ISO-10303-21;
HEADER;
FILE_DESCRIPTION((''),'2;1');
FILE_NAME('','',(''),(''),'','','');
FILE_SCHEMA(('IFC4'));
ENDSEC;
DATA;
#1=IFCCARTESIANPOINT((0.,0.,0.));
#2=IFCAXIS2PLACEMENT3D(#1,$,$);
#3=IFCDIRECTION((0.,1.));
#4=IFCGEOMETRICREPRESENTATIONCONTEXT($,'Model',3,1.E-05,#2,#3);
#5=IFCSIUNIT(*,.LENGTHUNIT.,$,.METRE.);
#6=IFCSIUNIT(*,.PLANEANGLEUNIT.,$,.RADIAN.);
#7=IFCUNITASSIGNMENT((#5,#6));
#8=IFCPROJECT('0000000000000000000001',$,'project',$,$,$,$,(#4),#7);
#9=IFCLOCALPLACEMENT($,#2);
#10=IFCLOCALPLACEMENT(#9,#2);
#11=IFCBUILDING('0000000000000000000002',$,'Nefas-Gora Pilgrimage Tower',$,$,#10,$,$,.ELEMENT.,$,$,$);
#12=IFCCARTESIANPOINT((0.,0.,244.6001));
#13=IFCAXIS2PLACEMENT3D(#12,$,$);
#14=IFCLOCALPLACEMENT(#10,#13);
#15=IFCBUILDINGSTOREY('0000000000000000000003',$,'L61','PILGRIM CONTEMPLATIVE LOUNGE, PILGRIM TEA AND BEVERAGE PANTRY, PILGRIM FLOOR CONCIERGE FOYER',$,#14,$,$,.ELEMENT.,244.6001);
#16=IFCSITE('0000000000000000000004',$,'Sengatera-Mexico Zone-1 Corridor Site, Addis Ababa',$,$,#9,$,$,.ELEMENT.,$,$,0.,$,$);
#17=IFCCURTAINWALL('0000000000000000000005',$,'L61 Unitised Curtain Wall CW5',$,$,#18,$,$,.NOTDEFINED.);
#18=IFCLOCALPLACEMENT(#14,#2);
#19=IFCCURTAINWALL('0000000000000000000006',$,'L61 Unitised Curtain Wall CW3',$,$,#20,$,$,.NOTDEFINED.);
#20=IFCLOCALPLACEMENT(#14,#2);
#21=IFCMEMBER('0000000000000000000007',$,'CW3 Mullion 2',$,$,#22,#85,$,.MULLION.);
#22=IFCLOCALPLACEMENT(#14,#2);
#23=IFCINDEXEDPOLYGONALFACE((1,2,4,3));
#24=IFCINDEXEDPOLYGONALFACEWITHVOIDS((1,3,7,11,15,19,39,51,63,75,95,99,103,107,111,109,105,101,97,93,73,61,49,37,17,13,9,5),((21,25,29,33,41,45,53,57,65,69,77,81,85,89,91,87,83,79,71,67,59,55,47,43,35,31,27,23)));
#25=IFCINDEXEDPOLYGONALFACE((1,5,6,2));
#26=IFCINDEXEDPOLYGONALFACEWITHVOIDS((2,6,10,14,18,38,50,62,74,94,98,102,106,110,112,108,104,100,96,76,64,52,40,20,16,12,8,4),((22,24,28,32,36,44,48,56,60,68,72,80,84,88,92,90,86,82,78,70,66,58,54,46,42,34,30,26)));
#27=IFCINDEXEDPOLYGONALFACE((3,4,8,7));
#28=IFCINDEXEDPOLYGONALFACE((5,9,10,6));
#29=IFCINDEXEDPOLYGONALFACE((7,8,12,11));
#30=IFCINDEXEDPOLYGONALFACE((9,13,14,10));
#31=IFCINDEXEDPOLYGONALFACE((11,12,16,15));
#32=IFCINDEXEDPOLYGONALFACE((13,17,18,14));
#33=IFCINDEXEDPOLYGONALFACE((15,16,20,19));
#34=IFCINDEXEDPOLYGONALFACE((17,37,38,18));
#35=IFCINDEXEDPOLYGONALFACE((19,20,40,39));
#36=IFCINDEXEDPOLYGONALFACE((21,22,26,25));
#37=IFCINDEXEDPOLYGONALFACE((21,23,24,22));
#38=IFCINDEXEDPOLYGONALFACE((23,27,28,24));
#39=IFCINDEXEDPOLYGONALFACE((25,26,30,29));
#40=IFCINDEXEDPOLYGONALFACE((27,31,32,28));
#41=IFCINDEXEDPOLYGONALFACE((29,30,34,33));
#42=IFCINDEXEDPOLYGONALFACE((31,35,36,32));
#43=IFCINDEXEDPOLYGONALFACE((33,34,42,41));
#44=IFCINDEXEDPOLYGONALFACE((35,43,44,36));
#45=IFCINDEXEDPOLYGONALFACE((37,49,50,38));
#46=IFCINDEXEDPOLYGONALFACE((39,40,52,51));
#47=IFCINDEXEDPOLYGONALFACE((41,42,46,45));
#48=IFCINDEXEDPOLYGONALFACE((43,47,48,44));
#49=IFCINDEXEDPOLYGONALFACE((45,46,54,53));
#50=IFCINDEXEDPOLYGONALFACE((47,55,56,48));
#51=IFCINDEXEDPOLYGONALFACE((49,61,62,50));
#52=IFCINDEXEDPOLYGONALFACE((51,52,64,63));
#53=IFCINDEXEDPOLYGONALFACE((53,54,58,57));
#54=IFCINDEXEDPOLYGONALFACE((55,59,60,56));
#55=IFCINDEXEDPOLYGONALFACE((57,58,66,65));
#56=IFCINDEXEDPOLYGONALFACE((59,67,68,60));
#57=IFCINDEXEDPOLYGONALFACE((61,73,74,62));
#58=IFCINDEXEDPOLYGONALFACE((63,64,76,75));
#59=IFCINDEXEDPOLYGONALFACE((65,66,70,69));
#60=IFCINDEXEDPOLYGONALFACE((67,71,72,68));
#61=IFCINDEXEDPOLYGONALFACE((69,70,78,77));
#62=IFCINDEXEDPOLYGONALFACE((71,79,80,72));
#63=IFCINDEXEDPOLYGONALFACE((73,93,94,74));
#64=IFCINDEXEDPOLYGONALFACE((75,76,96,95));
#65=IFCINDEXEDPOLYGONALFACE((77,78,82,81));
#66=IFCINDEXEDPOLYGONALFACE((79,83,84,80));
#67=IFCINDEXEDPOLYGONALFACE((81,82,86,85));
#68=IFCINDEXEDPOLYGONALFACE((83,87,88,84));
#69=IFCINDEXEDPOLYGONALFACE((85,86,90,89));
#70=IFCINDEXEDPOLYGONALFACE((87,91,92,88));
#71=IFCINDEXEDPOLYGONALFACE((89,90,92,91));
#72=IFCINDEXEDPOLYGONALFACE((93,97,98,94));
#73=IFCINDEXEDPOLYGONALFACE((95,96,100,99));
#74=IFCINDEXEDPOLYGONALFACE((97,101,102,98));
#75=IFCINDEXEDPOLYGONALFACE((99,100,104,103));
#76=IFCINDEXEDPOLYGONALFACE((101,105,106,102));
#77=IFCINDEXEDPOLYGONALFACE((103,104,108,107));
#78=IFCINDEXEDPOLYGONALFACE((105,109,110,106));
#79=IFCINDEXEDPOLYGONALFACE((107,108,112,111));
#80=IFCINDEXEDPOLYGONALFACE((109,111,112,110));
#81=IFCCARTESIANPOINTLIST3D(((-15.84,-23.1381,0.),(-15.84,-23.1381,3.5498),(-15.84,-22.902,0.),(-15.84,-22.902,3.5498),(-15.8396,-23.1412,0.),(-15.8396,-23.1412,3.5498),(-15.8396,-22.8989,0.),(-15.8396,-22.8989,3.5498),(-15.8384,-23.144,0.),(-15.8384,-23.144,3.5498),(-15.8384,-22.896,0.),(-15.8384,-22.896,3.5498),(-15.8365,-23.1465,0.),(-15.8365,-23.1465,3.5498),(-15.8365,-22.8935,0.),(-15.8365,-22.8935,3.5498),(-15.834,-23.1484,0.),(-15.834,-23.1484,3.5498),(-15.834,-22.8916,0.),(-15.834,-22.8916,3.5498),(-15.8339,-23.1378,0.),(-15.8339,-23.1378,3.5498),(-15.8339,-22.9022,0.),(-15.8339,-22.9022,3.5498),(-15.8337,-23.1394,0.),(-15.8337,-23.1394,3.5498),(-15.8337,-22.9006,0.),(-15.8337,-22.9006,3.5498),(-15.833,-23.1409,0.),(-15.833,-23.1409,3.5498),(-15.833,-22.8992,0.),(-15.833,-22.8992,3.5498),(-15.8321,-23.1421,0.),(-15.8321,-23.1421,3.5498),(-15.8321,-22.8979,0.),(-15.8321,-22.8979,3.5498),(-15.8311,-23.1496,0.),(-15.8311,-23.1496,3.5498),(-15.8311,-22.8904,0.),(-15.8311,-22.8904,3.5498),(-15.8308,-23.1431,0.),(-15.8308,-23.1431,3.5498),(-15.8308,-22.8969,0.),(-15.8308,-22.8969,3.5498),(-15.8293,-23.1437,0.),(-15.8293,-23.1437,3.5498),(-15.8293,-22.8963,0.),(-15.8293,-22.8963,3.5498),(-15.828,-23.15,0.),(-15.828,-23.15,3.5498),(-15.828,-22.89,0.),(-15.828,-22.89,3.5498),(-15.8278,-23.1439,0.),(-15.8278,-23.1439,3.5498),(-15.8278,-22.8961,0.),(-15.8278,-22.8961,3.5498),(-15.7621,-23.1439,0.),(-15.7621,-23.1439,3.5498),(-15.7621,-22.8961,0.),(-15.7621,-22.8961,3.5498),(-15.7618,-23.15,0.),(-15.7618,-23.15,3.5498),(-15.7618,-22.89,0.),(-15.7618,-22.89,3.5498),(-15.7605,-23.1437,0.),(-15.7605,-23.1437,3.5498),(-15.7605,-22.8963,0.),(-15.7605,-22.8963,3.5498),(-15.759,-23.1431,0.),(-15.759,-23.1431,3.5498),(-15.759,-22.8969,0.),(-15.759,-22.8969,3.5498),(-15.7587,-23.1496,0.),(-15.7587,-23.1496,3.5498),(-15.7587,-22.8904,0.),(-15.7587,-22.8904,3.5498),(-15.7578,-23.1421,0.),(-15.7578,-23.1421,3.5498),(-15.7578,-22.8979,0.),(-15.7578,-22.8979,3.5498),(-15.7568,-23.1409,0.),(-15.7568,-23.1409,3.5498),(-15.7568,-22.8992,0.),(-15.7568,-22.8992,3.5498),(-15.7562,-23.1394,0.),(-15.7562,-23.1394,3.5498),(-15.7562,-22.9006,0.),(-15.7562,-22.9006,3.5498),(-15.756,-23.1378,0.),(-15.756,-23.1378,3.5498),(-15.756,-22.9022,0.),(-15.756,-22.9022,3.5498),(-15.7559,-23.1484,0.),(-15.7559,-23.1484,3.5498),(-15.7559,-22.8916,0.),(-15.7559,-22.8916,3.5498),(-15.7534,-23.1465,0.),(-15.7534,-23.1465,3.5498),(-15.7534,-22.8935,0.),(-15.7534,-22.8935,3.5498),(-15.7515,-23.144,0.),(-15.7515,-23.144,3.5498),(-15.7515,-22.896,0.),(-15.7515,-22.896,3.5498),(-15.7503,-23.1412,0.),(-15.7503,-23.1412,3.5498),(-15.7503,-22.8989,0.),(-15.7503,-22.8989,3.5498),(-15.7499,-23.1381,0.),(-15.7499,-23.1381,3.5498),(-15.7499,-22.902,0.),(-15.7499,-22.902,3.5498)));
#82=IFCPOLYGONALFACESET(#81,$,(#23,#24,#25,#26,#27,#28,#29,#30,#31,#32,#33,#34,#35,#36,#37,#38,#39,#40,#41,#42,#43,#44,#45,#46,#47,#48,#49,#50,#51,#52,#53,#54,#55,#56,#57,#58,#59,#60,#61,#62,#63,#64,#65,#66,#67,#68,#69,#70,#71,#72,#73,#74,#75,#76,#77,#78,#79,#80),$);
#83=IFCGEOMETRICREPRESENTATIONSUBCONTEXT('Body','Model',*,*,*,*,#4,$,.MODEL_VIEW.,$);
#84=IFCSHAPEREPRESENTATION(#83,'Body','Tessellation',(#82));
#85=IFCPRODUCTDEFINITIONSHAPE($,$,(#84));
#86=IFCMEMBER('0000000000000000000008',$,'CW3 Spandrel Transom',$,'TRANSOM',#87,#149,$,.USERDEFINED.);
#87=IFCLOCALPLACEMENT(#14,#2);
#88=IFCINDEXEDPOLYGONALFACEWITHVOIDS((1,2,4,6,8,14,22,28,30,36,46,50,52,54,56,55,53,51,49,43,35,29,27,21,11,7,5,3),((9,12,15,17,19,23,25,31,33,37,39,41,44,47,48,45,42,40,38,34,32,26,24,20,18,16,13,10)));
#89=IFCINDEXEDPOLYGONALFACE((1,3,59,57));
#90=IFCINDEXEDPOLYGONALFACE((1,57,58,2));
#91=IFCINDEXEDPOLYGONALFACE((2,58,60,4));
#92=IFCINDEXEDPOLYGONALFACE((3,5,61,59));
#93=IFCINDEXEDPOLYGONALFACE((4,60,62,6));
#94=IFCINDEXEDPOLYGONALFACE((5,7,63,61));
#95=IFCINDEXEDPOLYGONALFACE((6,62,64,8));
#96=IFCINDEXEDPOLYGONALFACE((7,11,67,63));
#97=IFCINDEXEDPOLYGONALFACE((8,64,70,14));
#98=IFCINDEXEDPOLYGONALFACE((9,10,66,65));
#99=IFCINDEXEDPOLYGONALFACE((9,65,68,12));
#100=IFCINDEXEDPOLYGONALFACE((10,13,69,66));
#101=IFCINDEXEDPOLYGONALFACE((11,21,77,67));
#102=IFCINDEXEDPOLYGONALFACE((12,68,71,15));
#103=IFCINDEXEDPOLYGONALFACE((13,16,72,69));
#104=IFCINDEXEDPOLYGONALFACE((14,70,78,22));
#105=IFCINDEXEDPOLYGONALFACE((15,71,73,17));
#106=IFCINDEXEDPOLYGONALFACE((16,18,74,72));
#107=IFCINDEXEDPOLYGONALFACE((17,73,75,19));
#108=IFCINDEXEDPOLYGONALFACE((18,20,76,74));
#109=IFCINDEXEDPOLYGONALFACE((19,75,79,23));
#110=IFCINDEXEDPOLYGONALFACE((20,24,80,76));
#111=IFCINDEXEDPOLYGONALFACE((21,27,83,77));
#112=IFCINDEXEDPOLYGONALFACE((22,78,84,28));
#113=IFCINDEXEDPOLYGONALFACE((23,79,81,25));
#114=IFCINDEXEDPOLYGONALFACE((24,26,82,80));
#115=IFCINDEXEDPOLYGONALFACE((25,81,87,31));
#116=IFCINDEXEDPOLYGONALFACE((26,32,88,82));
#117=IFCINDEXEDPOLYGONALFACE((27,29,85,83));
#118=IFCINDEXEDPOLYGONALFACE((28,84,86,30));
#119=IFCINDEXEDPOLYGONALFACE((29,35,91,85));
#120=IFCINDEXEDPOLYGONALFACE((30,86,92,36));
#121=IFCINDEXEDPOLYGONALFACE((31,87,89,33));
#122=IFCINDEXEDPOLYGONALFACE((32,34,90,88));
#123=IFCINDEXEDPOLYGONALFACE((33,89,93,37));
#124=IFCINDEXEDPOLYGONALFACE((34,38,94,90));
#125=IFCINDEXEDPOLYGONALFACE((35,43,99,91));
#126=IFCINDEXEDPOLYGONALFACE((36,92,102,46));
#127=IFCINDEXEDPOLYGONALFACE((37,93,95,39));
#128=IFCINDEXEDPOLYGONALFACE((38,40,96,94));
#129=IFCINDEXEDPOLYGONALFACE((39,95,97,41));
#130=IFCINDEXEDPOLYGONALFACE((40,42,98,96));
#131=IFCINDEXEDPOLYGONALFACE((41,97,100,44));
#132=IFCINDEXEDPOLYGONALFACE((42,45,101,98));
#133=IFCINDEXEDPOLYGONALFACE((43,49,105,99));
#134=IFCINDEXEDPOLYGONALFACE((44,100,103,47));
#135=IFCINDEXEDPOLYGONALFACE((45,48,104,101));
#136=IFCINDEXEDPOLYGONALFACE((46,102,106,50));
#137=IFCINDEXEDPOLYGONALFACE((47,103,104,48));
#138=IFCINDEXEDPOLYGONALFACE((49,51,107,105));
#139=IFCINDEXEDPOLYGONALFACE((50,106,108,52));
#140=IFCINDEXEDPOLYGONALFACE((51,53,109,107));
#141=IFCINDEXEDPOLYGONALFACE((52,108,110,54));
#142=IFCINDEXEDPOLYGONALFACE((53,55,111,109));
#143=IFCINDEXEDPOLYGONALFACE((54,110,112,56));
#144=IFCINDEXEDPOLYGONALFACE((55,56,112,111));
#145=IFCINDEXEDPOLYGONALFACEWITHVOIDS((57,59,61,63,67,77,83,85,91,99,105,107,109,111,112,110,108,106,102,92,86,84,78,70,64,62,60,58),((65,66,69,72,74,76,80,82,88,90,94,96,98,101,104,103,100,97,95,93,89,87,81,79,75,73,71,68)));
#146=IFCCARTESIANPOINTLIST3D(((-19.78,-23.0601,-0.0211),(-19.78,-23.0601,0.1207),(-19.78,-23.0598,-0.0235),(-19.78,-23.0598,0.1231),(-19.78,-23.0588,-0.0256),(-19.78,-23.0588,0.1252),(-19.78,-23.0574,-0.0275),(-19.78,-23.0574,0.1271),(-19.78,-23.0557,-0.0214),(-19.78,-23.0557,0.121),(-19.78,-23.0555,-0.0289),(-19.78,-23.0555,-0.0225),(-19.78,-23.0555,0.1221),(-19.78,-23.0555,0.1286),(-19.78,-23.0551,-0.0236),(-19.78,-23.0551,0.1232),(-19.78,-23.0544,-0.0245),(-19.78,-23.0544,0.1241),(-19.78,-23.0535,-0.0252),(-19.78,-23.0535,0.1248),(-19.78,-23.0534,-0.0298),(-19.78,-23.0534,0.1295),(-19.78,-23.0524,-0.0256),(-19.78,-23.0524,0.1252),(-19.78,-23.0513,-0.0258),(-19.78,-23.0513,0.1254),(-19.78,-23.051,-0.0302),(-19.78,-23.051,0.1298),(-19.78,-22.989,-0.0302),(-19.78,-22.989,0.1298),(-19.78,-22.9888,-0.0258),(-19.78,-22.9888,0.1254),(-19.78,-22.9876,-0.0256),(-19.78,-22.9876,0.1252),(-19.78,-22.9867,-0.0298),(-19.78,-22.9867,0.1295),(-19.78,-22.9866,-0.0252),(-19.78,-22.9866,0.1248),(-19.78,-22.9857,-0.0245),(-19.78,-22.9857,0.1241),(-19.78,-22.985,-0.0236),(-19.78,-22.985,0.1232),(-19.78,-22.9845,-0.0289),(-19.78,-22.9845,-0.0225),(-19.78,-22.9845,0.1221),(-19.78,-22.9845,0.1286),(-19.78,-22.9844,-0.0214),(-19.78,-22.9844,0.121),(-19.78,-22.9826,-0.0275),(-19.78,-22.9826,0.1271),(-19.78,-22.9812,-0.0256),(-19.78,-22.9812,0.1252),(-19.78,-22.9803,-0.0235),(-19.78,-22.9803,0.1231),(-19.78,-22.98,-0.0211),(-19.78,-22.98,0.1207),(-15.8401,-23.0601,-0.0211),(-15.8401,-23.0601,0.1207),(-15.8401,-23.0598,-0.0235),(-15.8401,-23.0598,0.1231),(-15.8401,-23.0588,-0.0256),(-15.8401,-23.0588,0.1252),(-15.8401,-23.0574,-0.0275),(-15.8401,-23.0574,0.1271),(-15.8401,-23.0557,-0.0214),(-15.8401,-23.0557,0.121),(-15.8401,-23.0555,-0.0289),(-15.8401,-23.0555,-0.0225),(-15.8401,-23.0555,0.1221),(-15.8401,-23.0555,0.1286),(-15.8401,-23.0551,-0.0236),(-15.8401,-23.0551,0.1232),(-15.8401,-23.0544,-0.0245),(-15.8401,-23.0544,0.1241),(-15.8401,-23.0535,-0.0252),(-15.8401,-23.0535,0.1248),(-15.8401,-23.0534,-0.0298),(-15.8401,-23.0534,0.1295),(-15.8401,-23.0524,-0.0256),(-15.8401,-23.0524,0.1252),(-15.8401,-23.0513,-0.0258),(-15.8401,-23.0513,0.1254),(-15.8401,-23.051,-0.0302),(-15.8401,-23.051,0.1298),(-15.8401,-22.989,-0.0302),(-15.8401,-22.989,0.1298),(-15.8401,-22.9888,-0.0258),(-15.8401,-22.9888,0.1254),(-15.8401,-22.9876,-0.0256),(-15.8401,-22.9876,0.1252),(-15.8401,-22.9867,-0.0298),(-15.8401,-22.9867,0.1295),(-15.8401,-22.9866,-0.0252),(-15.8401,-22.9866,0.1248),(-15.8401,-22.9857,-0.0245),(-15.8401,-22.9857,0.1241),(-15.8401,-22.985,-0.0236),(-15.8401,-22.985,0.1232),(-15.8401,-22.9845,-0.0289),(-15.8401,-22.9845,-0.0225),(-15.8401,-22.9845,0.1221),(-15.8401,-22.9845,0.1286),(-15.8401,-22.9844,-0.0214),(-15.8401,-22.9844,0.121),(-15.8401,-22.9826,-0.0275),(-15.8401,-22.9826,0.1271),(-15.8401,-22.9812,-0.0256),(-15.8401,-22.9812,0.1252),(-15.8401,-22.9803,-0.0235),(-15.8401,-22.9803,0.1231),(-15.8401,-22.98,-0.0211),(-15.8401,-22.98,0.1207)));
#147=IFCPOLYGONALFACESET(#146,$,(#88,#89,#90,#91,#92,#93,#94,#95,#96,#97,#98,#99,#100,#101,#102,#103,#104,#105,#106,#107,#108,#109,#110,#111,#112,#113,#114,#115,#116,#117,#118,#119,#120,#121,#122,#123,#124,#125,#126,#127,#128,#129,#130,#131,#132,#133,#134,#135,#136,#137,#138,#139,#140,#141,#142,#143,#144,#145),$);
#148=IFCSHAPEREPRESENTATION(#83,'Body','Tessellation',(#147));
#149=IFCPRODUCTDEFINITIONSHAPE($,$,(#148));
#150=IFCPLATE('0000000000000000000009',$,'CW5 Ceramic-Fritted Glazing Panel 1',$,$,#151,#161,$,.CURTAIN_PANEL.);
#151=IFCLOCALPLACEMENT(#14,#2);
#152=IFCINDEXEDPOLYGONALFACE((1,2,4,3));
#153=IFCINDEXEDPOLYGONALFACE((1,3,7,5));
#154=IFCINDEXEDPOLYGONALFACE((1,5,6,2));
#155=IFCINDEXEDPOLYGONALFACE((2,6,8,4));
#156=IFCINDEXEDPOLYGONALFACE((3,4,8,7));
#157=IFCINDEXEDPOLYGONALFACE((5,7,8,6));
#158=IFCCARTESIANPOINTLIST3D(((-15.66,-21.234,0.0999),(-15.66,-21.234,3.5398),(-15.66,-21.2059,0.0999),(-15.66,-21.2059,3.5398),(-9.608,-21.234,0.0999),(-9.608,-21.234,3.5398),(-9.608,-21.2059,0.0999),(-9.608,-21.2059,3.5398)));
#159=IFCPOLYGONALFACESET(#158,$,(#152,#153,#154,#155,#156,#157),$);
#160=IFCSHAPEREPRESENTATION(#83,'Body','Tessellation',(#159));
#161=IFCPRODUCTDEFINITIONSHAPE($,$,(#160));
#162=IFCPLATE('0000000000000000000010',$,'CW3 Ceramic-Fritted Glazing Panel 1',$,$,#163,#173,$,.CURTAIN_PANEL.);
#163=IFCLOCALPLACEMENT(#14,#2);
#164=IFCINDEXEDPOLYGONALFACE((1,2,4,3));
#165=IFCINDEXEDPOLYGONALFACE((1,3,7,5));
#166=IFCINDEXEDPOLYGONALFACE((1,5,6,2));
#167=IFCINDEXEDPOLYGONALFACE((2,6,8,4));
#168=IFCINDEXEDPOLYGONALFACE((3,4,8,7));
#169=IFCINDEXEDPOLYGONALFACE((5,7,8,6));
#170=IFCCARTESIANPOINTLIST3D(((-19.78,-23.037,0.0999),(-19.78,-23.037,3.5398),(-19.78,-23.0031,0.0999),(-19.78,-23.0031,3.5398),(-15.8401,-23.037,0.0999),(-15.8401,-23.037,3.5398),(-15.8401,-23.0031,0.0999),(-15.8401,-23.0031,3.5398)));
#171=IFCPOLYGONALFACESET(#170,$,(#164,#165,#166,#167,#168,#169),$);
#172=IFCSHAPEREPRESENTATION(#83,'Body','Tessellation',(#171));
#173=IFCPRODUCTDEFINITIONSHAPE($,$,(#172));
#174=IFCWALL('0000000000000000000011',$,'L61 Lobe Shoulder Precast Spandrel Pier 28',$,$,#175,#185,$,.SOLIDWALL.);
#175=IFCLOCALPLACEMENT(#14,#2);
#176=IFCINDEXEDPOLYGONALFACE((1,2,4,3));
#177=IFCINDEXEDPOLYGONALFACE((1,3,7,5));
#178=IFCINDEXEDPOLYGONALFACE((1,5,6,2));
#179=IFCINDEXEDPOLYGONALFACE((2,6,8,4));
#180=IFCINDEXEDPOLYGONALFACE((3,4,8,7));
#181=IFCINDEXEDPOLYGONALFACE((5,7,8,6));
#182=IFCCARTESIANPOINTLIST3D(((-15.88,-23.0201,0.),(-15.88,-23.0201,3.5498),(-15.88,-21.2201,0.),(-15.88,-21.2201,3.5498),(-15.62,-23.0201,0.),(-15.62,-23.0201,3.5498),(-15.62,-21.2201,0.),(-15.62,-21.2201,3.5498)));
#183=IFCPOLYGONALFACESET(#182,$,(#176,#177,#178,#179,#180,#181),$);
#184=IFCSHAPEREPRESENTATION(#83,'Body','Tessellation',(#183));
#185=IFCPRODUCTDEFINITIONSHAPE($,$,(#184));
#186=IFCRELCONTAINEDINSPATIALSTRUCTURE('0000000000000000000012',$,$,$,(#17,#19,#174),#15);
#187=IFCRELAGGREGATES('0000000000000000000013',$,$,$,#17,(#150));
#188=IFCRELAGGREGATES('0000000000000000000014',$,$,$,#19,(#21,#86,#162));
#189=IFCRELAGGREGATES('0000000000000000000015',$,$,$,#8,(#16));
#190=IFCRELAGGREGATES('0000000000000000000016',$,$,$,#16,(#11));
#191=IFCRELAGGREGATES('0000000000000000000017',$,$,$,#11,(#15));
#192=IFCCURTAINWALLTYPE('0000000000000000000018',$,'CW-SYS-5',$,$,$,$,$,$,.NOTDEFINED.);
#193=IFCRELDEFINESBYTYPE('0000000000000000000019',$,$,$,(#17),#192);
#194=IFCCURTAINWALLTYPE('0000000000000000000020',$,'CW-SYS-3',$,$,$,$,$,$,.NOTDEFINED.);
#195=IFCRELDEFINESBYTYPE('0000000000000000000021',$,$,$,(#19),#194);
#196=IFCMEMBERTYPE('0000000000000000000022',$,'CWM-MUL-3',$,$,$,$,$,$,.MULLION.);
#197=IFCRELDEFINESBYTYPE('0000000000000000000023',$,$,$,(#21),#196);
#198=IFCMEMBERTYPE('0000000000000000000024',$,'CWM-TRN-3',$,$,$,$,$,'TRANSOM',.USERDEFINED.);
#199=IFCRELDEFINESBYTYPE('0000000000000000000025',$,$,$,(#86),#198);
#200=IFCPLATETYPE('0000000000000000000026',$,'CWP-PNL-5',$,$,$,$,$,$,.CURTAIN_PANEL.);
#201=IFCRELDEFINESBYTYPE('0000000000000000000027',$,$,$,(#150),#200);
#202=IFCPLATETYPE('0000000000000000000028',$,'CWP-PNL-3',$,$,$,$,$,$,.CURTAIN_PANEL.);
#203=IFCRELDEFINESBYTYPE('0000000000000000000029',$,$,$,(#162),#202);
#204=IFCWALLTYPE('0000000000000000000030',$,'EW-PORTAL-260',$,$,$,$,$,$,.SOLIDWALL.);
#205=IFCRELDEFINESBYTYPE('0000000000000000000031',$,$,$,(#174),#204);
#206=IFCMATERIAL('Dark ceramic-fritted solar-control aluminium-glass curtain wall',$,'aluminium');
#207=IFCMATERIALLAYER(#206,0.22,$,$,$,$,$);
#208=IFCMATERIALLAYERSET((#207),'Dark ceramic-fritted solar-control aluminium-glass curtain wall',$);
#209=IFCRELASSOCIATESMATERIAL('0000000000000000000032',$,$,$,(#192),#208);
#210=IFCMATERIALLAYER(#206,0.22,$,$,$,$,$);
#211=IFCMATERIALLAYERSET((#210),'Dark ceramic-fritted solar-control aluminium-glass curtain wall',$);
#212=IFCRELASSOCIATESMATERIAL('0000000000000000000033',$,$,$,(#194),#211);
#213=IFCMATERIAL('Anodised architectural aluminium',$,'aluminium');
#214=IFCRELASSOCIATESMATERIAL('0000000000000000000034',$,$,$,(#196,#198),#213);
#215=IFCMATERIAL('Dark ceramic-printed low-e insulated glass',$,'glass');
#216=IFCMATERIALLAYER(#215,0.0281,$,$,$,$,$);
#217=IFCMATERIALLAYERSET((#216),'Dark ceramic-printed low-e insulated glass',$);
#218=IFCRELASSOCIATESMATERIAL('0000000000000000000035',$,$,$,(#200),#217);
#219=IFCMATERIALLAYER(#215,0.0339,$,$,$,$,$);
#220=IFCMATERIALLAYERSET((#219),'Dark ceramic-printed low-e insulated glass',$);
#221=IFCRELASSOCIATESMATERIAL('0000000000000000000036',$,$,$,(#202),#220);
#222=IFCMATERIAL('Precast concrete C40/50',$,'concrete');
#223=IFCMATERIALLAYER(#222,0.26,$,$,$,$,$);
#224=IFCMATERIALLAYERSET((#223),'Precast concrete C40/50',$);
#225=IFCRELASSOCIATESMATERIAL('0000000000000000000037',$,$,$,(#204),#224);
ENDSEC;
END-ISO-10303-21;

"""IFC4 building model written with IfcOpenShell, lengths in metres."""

from ifc_helpers import new_model, si_unit, direction, frame, frame_2d, origin, origin_2d, place, context, subcontext, project, spatial, rectangle, hollow_rectangle, extrude, source, transform, mapped, material, layer, layer_set, material_profile, profile_set, type_object, element, aggregate, save


model = new_model("IFC4")

# Units and contexts
model_context = context("Model", 3, precision=1e-05, world=origin(), true_north=direction((0.0, 1.0)))
body_context = subcontext(model_context, "Body", "Model", "MODEL_VIEW")
ifc_project = project(units=[si_unit("LENGTHUNIT", "METRE"), si_unit("PLANEANGLEUNIT", "RADIAN")], contexts=[model_context])

# Site, building, storey
site_placement = place(None, origin())
site = spatial("IfcSite", under=ifc_project, at=site_placement, Name="Sengatera-Mexico Zone-1 Corridor Site, Addis Ababa", CompositionType="ELEMENT", RefElevation=0.0)
building_placement = place(site_placement, origin())
building = spatial("IfcBuilding", under=site, at=building_placement, Name="Nefas-Gora Pilgrimage Tower", CompositionType="ELEMENT")
storey_placement = place(building_placement, frame((0.0, 0.0, 244.6001)))
storey = spatial("IfcBuildingStorey", under=building, at=storey_placement, Name="L61", Description="PILGRIM CONTEMPLATIVE LOUNGE, PILGRIM TEA AND BEVERAGE PANTRY, PILGRIM FLOOR CONCIERGE FOYER", CompositionType="ELEMENT", Elevation=244.6001)

# Curtain wall
ifc_material_1 = material(Name="Dark ceramic-fritted solar-control aluminium-glass curtain wall", Category="aluminium")
ifc_layer_1 = layer(ifc_material_1, 0.22)
ifc_layer_set_1 = layer_set([ifc_layer_1], Name="Dark ceramic-fritted solar-control aluminium-glass curtain wall")
curtain_wall_type_1 = type_object("IfcCurtainWallType", Name="CW-SYS-5", PredefinedType="NOTDEFINED", material=ifc_layer_set_1)
curtain_wall_1_placement = place(storey_placement, origin())
curtain_wall_1 = element("IfcCurtainWall", 1, at=curtain_wall_1_placement, inside=storey, type_object=curtain_wall_type_1, Name="L61 Unitised Curtain Wall CW5", PredefinedType="NOTDEFINED")
ifc_material_2 = material(Name="Anodised architectural aluminium", Category="aluminium")

# Shared definitions
ifc_layer_2 = layer(ifc_material_1, 0.22)
ifc_layer_set_2 = layer_set([ifc_layer_2], Name="Dark ceramic-fritted solar-control aluminium-glass curtain wall")
curtain_wall_type_2 = type_object("IfcCurtainWallType", Name="CW-SYS-3", PredefinedType="NOTDEFINED", material=ifc_layer_set_2)
ifc_material_profile_1 = material_profile(ifc_material_2, hollow_rectangle(XDim=0.0901, YDim=0.26, WallThickness=0.0061, InnerFilletRadius=0.0061, OuterFilletRadius=0.012, at=origin_2d()), Name="ALU MULLION 90x260")
ifc_profile_set_1 = profile_set([ifc_material_profile_1], Name="Anodised architectural aluminium")
member_type_1 = type_object("IfcMemberType", Name="CWM-MUL-3", PredefinedType="MULLION", material=ifc_profile_set_1)
shared_shape_1 = source(origin(), body_context, "Body", "SweptSolid", [
    extrude(hollow_rectangle(XDim=0.0901, YDim=0.26, WallThickness=0.0061, InnerFilletRadius=0.0061, OuterFilletRadius=0.012, at=origin_2d()), origin(), (0.0, 0.0, 1.0), 3.5498),
])

# Curtain wall, members
curtain_wall_2_placement = place(storey_placement, origin())
curtain_wall_2 = element("IfcCurtainWall", 2, at=curtain_wall_2_placement, inside=storey, type_object=curtain_wall_type_2, Name="L61 Unitised Curtain Wall CW3", PredefinedType="NOTDEFINED")
member_1_placement = place(storey_placement, frame((-15.7949, -23.02, 0.0), z_axis=(0.0, 0.0, 1.0), x_axis=(1.0, 0.0, 0.0)))
member_1 = element("IfcMember", 3, at=member_1_placement, type_object=member_type_1, Name="CW3 Mullion 2", PredefinedType="MULLION", context=body_context, shape_type="MappedRepresentation", body=[
    mapped(shared_shape_1, transform((0.0, 0.0, 0.0), x_axis=(1.0, 0.0, 0.0), y_axis=(0.0, 1.0, 0.0), z_axis=(0.0, 0.0, 1.0), scale=1.0)),
])
ifc_material_profile_2 = material_profile(ifc_material_2, hollow_rectangle(XDim=0.0801, YDim=0.1599, WallThickness=0.0044, InnerFilletRadius=0.0044, OuterFilletRadius=0.009, at=origin_2d()), Name="ALU TRANSOM 80x160")
ifc_profile_set_2 = profile_set([ifc_material_profile_2], Name="Anodised architectural aluminium")
member_type_2 = type_object("IfcMemberType", Name="CWM-TRN-3", ElementType="TRANSOM", PredefinedType="USERDEFINED", material=ifc_profile_set_2)
shared_shape_2 = source(origin(), body_context, "Body", "SweptSolid", [
    extrude(hollow_rectangle(XDim=0.0801, YDim=0.1599, WallThickness=0.0044, InnerFilletRadius=0.0044, OuterFilletRadius=0.009, at=origin_2d()), origin(), (0.0, 0.0, 1.0), 3.9399),
])
member_2_placement = place(storey_placement, frame((-19.78, -23.02, 0.0498), z_axis=(1.0, 0.0, 0.0), x_axis=(0.0, 1.0, 0.0)))
member_2 = element("IfcMember", 4, at=member_2_placement, type_object=member_type_2, Name="CW3 Spandrel Transom", ObjectType="TRANSOM", PredefinedType="USERDEFINED", context=body_context, shape_type="MappedRepresentation", body=[
    mapped(shared_shape_2, transform((0.0, 0.0, 0.0), x_axis=(1.0, 0.0, 0.0), y_axis=(0.0, 1.0, 0.0), z_axis=(0.0, 0.0, 1.0), scale=1.0)),
])

# Plates
ifc_material_3 = material(Name="Dark ceramic-printed low-e insulated glass", Category="glass")
ifc_layer_3 = layer(ifc_material_3, 0.0281)
ifc_layer_set_3 = layer_set([ifc_layer_3], Name="Dark ceramic-printed low-e insulated glass")
plate_type_1 = type_object("IfcPlateType", Name="CWP-PNL-5", PredefinedType="CURTAIN_PANEL", material=ifc_layer_set_3)
shared_shape_3 = source(origin(), body_context, "Body", "SweptSolid", [
    extrude(rectangle(XDim=6.052, YDim=0.0281, at=origin_2d()), origin(), (0.0, 0.0, 1.0), 3.4399),
])
plate_1_placement = place(storey_placement, frame((-12.634, -21.22, 0.0999), z_axis=(0.0, 0.0, 1.0), x_axis=(1.0, 0.0, 0.0)))
plate_1 = element("IfcPlate", 5, at=plate_1_placement, type_object=plate_type_1, Name="CW5 Ceramic-Fritted Glazing Panel 1", PredefinedType="CURTAIN_PANEL", context=body_context, shape_type="MappedRepresentation", body=[
    mapped(shared_shape_3, transform((0.0, 0.0, 0.0), x_axis=(1.0, 0.0, 0.0), y_axis=(0.0, 1.0, 0.0), z_axis=(0.0, 0.0, 1.0), scale=1.0)),
])
aggregate(curtain_wall_1, [plate_1])
ifc_layer_4 = layer(ifc_material_3, 0.0339)
ifc_layer_set_4 = layer_set([ifc_layer_4], Name="Dark ceramic-printed low-e insulated glass")
plate_type_2 = type_object("IfcPlateType", Name="CWP-PNL-3", PredefinedType="CURTAIN_PANEL", material=ifc_layer_set_4)
shared_shape_4 = source(origin(), body_context, "Body", "SweptSolid", [
    extrude(rectangle(XDim=3.9399, YDim=0.0339, at=origin_2d()), origin(), (0.0, 0.0, 1.0), 3.4399),
])
plate_2_placement = place(storey_placement, frame((-17.8101, -23.02, 0.0999), z_axis=(0.0, 0.0, 1.0), x_axis=(1.0, 0.0, 0.0)))
plate_2 = element("IfcPlate", 6, at=plate_2_placement, type_object=plate_type_2, Name="CW3 Ceramic-Fritted Glazing Panel 1", PredefinedType="CURTAIN_PANEL", context=body_context, shape_type="MappedRepresentation", body=[
    mapped(shared_shape_4, transform((0.0, 0.0, 0.0), x_axis=(1.0, 0.0, 0.0), y_axis=(0.0, 1.0, 0.0), z_axis=(0.0, 0.0, 1.0), scale=1.0)),
])
aggregate(curtain_wall_2, [member_1, member_2, plate_2])

# Wall
ifc_material_4 = material(Name="Precast concrete C40/50", Category="concrete")
ifc_layer_5 = layer(ifc_material_4, 0.26)
ifc_layer_set_5 = layer_set([ifc_layer_5], Name="Precast concrete C40/50")
wall_type_1 = type_object("IfcWallType", Name="EW-PORTAL-260", PredefinedType="SOLIDWALL", material=ifc_layer_set_5)
shared_shape_5 = source(origin(), body_context, "Body", "SweptSolid", [
    extrude(rectangle(XDim=1.8, YDim=0.26, at=frame_2d((0.8999, 0.0))), origin(), (0.0, 0.0, 1.0), 3.5498),
])
wall_1_placement = place(storey_placement, frame((-15.75, -23.02, 0.0), z_axis=(0.0, 0.0, 1.0), x_axis=(0.0, 1.0, 0.0)))
element("IfcWall", 7, at=wall_1_placement, inside=storey, type_object=wall_type_1, Name="L61 Lobe Shoulder Precast Spandrel Pier 28", PredefinedType="SOLIDWALL", context=body_context, shape_type="MappedRepresentation", body=[
    mapped(shared_shape_5, transform((0.0, 0.0, 0.0), x_axis=(1.0, 0.0, 0.0), y_axis=(0.0, 1.0, 0.0), z_axis=(0.0, 0.0, 1.0), scale=1.0)),
])

save(model, "model.ifc")
